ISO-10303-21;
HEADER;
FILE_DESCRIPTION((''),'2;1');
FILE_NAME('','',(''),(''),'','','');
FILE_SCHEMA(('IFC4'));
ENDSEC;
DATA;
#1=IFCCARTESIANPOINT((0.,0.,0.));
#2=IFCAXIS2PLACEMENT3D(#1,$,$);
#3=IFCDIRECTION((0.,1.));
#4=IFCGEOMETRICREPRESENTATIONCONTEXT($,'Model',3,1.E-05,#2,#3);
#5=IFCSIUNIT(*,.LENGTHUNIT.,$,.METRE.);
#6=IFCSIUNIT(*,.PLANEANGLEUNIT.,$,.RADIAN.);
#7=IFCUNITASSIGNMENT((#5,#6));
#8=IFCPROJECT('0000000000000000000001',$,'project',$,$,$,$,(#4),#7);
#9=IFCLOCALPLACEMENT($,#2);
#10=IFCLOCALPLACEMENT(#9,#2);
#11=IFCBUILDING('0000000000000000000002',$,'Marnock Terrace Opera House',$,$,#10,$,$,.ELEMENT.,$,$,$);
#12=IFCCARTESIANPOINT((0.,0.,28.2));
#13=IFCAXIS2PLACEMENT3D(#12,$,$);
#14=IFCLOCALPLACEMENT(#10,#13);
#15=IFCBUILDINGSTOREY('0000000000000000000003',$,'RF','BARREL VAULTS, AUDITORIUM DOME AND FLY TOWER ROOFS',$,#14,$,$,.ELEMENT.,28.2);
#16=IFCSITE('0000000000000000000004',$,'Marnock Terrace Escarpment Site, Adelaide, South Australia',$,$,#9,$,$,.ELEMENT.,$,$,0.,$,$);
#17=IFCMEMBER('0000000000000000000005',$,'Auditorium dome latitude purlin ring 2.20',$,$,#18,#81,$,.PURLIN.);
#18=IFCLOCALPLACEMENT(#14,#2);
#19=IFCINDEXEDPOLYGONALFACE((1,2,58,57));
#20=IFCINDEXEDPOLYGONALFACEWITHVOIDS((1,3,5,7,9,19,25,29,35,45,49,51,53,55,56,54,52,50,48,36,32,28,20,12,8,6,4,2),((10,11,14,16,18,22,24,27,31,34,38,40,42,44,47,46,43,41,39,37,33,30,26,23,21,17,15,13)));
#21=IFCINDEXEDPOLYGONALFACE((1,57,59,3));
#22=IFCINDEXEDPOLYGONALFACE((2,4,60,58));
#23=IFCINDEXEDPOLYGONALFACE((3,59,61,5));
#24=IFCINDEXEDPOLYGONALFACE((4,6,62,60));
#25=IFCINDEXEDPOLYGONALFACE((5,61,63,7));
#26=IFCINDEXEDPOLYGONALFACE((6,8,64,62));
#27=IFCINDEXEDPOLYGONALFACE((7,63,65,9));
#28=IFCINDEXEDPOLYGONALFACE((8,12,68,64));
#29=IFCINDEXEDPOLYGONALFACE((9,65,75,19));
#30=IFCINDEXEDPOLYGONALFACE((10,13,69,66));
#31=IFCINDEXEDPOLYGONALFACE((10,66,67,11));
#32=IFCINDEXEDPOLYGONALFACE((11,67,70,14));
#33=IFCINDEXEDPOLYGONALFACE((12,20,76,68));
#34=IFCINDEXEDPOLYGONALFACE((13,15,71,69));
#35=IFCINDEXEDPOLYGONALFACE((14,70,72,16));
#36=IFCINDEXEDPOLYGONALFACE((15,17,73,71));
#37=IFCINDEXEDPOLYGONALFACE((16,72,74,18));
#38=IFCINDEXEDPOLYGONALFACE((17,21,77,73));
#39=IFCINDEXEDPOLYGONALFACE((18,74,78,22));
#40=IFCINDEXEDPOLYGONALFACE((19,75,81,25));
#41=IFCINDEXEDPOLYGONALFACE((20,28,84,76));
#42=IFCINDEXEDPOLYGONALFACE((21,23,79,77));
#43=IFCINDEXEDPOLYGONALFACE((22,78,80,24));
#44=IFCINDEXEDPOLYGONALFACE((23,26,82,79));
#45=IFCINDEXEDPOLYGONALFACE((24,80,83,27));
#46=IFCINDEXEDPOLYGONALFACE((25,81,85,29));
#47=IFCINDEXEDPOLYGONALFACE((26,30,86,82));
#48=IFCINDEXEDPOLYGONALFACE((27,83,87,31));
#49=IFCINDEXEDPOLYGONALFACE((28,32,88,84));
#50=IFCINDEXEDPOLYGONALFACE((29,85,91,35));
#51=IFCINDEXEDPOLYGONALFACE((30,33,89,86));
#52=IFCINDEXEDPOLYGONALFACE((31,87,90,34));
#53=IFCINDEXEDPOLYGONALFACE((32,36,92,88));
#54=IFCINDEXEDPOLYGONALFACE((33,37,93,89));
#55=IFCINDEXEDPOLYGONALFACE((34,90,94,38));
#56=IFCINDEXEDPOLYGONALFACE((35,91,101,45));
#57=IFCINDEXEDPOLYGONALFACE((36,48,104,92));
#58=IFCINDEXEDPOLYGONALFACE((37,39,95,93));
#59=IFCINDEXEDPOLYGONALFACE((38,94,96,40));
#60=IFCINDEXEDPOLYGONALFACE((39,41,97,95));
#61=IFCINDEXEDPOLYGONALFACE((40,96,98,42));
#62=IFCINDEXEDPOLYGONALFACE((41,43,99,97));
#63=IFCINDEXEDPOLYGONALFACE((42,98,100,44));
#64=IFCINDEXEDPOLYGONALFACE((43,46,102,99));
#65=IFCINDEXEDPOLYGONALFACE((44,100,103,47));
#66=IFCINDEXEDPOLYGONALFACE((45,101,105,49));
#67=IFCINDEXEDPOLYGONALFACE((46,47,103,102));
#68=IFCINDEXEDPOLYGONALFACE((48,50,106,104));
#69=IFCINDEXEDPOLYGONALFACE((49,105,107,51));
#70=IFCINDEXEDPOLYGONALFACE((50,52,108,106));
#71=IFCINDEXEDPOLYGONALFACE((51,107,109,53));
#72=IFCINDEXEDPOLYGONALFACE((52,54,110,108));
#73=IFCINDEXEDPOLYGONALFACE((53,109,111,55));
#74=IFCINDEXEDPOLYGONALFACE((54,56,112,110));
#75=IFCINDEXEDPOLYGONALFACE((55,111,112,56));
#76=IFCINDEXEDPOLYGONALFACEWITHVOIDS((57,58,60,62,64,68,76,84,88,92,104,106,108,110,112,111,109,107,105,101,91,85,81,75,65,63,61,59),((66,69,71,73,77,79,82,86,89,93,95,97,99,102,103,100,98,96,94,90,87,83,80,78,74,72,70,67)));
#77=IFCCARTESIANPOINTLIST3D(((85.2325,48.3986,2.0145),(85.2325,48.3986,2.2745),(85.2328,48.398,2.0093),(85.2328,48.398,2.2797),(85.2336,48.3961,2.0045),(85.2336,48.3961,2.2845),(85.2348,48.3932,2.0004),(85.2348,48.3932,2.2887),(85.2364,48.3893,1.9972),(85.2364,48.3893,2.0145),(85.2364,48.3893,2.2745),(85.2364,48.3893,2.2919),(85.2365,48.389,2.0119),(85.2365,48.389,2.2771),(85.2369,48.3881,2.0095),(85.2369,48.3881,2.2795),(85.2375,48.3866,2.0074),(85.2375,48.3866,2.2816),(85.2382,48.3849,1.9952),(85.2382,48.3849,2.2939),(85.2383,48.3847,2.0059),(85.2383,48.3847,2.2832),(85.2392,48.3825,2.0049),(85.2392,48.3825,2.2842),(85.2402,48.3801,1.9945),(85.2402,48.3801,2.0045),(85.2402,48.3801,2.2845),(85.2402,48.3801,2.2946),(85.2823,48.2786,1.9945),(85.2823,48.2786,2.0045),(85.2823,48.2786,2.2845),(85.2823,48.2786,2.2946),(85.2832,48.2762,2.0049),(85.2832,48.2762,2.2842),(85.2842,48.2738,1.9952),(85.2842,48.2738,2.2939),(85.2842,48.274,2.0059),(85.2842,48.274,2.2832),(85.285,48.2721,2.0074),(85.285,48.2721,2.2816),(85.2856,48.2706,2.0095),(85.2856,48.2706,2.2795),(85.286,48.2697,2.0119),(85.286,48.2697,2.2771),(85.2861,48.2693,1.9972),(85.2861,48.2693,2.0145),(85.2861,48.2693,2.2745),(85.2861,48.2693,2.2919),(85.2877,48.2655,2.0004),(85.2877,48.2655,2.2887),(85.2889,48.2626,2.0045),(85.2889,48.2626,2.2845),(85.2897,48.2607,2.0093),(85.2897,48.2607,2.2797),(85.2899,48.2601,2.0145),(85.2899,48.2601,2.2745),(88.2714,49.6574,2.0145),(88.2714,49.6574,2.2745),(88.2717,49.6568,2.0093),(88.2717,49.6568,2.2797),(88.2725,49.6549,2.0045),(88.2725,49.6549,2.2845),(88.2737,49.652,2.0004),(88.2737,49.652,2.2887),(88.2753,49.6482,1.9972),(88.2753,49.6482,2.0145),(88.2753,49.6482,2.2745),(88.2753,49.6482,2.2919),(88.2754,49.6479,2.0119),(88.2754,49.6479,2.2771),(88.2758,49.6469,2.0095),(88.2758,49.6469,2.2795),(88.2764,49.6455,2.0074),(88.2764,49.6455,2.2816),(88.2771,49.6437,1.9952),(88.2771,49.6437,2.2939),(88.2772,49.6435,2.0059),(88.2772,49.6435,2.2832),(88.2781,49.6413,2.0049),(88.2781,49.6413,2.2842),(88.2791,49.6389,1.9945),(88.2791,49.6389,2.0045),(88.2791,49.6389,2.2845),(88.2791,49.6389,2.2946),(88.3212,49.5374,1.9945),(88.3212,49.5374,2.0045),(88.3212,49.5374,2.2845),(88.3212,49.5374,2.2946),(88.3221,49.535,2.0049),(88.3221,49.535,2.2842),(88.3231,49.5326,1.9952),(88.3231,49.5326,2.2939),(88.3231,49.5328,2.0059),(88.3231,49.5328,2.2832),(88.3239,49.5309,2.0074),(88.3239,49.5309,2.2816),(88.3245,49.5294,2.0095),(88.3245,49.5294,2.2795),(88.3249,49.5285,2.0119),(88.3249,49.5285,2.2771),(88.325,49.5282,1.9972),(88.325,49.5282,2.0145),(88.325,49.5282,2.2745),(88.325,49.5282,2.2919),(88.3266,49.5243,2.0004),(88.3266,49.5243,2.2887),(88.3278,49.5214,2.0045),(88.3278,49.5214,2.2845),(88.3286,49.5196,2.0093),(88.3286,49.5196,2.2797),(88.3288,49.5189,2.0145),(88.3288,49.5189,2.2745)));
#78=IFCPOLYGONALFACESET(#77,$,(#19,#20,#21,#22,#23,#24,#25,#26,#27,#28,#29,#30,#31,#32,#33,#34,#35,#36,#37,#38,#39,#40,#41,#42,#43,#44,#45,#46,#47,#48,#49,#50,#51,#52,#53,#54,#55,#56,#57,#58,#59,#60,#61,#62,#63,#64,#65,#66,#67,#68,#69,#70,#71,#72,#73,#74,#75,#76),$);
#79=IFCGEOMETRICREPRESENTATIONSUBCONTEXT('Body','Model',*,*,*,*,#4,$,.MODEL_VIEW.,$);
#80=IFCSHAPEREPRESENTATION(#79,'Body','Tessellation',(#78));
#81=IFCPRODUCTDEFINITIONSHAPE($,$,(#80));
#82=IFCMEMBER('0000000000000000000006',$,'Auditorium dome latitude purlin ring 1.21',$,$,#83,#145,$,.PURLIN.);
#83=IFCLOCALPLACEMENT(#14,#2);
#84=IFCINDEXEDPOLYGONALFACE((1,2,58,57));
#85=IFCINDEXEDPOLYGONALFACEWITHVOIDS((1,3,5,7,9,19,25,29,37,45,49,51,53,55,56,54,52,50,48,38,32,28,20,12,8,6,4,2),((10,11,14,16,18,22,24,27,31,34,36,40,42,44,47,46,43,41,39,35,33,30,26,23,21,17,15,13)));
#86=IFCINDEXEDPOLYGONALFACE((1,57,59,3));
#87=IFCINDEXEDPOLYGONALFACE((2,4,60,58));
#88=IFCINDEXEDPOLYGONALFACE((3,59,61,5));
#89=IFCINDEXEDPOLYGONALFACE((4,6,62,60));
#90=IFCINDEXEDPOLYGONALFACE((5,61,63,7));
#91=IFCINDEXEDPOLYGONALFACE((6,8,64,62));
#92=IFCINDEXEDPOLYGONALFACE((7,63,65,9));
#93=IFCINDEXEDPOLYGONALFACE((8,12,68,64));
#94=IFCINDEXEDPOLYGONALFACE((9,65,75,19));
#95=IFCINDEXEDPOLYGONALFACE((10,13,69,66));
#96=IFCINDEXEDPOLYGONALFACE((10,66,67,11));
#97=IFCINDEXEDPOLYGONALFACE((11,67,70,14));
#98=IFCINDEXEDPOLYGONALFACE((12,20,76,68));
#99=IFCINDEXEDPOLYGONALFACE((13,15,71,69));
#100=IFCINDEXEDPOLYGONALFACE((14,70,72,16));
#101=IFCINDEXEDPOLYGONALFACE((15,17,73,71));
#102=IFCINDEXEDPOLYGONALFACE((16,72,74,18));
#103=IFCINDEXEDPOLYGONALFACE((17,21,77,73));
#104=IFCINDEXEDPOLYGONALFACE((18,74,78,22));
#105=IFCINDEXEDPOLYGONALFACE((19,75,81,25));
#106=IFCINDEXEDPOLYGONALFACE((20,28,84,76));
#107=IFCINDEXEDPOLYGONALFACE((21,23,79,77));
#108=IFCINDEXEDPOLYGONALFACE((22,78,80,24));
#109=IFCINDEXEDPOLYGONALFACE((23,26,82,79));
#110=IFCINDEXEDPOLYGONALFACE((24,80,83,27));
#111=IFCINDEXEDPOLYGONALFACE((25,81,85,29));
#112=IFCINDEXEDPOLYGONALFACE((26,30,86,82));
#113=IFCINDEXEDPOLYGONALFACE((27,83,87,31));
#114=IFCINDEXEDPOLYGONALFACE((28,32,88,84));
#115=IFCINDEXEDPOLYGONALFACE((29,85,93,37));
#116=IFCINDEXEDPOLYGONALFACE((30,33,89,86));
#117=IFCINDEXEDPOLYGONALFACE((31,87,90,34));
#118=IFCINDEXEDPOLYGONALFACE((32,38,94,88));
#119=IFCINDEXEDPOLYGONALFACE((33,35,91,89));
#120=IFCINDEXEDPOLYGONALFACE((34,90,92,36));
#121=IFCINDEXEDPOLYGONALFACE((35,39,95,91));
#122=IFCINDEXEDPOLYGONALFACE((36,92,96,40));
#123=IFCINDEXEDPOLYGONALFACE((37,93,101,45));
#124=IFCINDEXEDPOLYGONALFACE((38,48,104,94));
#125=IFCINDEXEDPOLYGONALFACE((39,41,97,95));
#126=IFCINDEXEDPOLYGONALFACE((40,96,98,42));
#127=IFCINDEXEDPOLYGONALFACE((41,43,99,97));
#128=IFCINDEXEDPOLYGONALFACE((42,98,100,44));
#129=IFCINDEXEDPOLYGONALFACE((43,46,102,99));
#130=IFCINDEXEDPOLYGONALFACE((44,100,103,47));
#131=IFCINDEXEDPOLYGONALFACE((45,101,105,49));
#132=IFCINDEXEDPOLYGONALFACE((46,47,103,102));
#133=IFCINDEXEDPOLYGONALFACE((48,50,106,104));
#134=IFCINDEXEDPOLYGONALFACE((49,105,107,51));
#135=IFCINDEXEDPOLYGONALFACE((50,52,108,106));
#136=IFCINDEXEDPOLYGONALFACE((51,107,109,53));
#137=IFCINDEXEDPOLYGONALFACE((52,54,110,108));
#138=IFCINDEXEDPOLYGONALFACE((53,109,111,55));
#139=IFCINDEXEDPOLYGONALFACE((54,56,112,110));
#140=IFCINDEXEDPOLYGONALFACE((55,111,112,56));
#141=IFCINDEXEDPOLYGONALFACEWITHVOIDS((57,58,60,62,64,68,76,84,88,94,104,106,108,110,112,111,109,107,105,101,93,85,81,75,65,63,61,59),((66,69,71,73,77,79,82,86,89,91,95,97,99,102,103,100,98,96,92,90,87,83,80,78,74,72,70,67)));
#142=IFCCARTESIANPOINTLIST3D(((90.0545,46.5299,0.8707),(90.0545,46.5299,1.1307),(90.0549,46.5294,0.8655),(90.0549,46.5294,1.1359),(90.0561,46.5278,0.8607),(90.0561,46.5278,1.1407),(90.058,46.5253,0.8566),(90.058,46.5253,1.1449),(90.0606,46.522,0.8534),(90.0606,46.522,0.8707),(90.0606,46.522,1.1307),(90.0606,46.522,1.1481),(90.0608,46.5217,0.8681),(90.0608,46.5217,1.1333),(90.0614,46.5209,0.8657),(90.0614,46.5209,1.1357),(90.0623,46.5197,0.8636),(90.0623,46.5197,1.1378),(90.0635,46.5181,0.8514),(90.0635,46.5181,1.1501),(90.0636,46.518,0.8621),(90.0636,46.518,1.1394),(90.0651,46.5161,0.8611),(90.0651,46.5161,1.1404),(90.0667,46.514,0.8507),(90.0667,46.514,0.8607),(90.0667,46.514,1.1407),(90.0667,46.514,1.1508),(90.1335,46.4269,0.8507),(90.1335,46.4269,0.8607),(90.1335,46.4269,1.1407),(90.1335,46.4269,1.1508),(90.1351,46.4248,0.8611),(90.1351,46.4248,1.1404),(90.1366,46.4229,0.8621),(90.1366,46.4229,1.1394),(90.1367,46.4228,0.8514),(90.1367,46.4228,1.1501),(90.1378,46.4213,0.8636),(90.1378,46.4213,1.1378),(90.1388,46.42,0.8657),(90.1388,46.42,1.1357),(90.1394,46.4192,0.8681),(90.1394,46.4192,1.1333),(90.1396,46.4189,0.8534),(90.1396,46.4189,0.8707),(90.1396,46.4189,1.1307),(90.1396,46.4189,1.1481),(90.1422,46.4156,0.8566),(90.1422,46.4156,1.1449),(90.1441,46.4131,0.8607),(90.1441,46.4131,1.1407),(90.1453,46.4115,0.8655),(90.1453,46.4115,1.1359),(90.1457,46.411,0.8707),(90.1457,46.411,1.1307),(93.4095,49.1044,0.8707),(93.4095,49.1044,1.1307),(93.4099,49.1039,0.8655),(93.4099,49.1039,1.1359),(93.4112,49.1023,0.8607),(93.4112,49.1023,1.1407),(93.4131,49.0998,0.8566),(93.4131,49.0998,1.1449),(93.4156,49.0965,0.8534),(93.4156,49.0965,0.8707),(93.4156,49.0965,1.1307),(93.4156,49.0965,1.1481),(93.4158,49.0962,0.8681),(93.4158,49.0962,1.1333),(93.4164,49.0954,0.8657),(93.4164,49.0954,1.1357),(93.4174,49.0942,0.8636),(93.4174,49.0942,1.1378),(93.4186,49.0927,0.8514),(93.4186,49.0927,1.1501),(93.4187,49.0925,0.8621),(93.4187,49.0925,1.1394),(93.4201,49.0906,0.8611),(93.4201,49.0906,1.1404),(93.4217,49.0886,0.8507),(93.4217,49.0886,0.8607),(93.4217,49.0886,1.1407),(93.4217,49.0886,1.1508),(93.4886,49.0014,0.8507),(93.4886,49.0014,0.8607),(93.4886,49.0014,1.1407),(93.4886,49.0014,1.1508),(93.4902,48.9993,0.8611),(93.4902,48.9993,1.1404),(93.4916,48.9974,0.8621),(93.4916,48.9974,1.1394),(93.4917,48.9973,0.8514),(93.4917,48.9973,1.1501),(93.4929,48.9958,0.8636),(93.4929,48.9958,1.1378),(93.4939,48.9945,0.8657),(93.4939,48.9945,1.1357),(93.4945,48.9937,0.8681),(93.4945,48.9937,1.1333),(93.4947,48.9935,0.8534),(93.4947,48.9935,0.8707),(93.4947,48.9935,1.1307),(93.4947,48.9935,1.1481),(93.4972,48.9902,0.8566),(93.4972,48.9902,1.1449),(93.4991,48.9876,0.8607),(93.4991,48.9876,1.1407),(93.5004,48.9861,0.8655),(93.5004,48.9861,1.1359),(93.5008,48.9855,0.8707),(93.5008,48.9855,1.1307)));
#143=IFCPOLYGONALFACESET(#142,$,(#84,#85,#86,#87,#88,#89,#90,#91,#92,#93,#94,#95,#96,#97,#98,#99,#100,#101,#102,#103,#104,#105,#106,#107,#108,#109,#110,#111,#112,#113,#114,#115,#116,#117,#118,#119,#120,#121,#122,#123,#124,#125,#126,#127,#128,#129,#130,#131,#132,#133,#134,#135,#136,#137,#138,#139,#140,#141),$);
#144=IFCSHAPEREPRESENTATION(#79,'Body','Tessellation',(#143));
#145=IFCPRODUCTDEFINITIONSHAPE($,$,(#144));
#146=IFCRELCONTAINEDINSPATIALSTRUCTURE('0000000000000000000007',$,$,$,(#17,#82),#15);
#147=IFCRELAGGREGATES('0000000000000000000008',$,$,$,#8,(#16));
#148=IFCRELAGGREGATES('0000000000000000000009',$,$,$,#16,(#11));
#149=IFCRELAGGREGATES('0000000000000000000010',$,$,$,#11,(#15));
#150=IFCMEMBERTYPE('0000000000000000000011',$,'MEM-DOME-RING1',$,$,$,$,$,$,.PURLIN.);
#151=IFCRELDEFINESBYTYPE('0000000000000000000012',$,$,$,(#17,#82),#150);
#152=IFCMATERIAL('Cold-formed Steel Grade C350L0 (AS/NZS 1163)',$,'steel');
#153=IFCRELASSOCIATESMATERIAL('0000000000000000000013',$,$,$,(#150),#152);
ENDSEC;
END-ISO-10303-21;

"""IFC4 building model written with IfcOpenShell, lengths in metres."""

from ifc_helpers import new_model, si_unit, direction, frame, origin, origin_2d, place, context, subcontext, project, spatial, hollow_rectangle, extrude, material, material_profile, profile_set, type_object, element, save


model = new_model("IFC4")

# Units and contexts
model_context = context("Model", 3, precision=1e-05, world=origin(), true_north=direction((0.0, 1.0)))
body_context = subcontext(model_context, "Body", "Model", "MODEL_VIEW")
ifc_project = project(units=[si_unit("LENGTHUNIT", "METRE"), si_unit("PLANEANGLEUNIT", "RADIAN")], contexts=[model_context])

# Site, building, storey
site_placement = place(None, origin())
site = spatial("IfcSite", under=ifc_project, at=site_placement, Name="Marnock Terrace Escarpment Site, Adelaide, South Australia", CompositionType="ELEMENT", RefElevation=0.0)
building_placement = place(site_placement, origin())
building = spatial("IfcBuilding", under=site, at=building_placement, Name="Marnock Terrace Opera House", CompositionType="ELEMENT")
storey_placement = place(building_placement, frame((0.0, 0.0, 28.2)))
storey = spatial("IfcBuildingStorey", under=building, at=storey_placement, Name="RF", Description="BARREL VAULTS, AUDITORIUM DOME AND FLY TOWER ROOFS", CompositionType="ELEMENT", Elevation=28.2)

# Members
ifc_material_1 = material(Name="Cold-formed Steel Grade C350L0 (AS/NZS 1163)", Category="steel")
ifc_material_profile_1 = material_profile(ifc_material_1, hollow_rectangle(XDim=0.1499, YDim=0.3, WallThickness=0.01, InnerFilletRadius=0.01, OuterFilletRadius=0.02, at=origin_2d()))
ifc_profile_set_1 = profile_set([ifc_material_profile_1], Name="Cold-formed Steel Grade C350L0 (AS/NZS 1163)")
member_type_1 = type_object("IfcMemberType", Name="MEM-DOME-RING1", PredefinedType="PURLIN", material=ifc_profile_set_1)
member_1_placement = place(storey_placement, frame((85.2612, 48.3293, 2.1445), z_axis=(0.923872, 0.382701, 0.0), x_axis=(-0.382701, 0.923872, 0.0)))
element("IfcMember", 1, at=member_1_placement, inside=storey, type_object=member_type_1, Name="Auditorium dome latitude purlin ring 2.20", PredefinedType="PURLIN", context=body_context, shape_type="SweptSolid", body=[
    extrude(hollow_rectangle(XDim=0.1499, YDim=0.3, WallThickness=0.01, InnerFilletRadius=0.01, OuterFilletRadius=0.02, at=origin_2d()), origin(), (0.0, 0.0, 1.0), 3.2893),
])
member_2_placement = place(storey_placement, frame((90.1001, 46.4705, 1.0007), z_axis=(0.793342, 0.608776, 0.0), x_axis=(-0.608776, 0.793342, 0.0)))
element("IfcMember", 2, at=member_2_placement, inside=storey, type_object=member_type_1, Name="Auditorium dome latitude purlin ring 1.21", PredefinedType="PURLIN", context=body_context, shape_type="SweptSolid", body=[
    extrude(hollow_rectangle(XDim=0.1499, YDim=0.3, WallThickness=0.01, InnerFilletRadius=0.01, OuterFilletRadius=0.02, at=origin_2d()), origin(), (0.0, 0.0, 1.0), 4.229),
])

save(model, "model.ifc")
